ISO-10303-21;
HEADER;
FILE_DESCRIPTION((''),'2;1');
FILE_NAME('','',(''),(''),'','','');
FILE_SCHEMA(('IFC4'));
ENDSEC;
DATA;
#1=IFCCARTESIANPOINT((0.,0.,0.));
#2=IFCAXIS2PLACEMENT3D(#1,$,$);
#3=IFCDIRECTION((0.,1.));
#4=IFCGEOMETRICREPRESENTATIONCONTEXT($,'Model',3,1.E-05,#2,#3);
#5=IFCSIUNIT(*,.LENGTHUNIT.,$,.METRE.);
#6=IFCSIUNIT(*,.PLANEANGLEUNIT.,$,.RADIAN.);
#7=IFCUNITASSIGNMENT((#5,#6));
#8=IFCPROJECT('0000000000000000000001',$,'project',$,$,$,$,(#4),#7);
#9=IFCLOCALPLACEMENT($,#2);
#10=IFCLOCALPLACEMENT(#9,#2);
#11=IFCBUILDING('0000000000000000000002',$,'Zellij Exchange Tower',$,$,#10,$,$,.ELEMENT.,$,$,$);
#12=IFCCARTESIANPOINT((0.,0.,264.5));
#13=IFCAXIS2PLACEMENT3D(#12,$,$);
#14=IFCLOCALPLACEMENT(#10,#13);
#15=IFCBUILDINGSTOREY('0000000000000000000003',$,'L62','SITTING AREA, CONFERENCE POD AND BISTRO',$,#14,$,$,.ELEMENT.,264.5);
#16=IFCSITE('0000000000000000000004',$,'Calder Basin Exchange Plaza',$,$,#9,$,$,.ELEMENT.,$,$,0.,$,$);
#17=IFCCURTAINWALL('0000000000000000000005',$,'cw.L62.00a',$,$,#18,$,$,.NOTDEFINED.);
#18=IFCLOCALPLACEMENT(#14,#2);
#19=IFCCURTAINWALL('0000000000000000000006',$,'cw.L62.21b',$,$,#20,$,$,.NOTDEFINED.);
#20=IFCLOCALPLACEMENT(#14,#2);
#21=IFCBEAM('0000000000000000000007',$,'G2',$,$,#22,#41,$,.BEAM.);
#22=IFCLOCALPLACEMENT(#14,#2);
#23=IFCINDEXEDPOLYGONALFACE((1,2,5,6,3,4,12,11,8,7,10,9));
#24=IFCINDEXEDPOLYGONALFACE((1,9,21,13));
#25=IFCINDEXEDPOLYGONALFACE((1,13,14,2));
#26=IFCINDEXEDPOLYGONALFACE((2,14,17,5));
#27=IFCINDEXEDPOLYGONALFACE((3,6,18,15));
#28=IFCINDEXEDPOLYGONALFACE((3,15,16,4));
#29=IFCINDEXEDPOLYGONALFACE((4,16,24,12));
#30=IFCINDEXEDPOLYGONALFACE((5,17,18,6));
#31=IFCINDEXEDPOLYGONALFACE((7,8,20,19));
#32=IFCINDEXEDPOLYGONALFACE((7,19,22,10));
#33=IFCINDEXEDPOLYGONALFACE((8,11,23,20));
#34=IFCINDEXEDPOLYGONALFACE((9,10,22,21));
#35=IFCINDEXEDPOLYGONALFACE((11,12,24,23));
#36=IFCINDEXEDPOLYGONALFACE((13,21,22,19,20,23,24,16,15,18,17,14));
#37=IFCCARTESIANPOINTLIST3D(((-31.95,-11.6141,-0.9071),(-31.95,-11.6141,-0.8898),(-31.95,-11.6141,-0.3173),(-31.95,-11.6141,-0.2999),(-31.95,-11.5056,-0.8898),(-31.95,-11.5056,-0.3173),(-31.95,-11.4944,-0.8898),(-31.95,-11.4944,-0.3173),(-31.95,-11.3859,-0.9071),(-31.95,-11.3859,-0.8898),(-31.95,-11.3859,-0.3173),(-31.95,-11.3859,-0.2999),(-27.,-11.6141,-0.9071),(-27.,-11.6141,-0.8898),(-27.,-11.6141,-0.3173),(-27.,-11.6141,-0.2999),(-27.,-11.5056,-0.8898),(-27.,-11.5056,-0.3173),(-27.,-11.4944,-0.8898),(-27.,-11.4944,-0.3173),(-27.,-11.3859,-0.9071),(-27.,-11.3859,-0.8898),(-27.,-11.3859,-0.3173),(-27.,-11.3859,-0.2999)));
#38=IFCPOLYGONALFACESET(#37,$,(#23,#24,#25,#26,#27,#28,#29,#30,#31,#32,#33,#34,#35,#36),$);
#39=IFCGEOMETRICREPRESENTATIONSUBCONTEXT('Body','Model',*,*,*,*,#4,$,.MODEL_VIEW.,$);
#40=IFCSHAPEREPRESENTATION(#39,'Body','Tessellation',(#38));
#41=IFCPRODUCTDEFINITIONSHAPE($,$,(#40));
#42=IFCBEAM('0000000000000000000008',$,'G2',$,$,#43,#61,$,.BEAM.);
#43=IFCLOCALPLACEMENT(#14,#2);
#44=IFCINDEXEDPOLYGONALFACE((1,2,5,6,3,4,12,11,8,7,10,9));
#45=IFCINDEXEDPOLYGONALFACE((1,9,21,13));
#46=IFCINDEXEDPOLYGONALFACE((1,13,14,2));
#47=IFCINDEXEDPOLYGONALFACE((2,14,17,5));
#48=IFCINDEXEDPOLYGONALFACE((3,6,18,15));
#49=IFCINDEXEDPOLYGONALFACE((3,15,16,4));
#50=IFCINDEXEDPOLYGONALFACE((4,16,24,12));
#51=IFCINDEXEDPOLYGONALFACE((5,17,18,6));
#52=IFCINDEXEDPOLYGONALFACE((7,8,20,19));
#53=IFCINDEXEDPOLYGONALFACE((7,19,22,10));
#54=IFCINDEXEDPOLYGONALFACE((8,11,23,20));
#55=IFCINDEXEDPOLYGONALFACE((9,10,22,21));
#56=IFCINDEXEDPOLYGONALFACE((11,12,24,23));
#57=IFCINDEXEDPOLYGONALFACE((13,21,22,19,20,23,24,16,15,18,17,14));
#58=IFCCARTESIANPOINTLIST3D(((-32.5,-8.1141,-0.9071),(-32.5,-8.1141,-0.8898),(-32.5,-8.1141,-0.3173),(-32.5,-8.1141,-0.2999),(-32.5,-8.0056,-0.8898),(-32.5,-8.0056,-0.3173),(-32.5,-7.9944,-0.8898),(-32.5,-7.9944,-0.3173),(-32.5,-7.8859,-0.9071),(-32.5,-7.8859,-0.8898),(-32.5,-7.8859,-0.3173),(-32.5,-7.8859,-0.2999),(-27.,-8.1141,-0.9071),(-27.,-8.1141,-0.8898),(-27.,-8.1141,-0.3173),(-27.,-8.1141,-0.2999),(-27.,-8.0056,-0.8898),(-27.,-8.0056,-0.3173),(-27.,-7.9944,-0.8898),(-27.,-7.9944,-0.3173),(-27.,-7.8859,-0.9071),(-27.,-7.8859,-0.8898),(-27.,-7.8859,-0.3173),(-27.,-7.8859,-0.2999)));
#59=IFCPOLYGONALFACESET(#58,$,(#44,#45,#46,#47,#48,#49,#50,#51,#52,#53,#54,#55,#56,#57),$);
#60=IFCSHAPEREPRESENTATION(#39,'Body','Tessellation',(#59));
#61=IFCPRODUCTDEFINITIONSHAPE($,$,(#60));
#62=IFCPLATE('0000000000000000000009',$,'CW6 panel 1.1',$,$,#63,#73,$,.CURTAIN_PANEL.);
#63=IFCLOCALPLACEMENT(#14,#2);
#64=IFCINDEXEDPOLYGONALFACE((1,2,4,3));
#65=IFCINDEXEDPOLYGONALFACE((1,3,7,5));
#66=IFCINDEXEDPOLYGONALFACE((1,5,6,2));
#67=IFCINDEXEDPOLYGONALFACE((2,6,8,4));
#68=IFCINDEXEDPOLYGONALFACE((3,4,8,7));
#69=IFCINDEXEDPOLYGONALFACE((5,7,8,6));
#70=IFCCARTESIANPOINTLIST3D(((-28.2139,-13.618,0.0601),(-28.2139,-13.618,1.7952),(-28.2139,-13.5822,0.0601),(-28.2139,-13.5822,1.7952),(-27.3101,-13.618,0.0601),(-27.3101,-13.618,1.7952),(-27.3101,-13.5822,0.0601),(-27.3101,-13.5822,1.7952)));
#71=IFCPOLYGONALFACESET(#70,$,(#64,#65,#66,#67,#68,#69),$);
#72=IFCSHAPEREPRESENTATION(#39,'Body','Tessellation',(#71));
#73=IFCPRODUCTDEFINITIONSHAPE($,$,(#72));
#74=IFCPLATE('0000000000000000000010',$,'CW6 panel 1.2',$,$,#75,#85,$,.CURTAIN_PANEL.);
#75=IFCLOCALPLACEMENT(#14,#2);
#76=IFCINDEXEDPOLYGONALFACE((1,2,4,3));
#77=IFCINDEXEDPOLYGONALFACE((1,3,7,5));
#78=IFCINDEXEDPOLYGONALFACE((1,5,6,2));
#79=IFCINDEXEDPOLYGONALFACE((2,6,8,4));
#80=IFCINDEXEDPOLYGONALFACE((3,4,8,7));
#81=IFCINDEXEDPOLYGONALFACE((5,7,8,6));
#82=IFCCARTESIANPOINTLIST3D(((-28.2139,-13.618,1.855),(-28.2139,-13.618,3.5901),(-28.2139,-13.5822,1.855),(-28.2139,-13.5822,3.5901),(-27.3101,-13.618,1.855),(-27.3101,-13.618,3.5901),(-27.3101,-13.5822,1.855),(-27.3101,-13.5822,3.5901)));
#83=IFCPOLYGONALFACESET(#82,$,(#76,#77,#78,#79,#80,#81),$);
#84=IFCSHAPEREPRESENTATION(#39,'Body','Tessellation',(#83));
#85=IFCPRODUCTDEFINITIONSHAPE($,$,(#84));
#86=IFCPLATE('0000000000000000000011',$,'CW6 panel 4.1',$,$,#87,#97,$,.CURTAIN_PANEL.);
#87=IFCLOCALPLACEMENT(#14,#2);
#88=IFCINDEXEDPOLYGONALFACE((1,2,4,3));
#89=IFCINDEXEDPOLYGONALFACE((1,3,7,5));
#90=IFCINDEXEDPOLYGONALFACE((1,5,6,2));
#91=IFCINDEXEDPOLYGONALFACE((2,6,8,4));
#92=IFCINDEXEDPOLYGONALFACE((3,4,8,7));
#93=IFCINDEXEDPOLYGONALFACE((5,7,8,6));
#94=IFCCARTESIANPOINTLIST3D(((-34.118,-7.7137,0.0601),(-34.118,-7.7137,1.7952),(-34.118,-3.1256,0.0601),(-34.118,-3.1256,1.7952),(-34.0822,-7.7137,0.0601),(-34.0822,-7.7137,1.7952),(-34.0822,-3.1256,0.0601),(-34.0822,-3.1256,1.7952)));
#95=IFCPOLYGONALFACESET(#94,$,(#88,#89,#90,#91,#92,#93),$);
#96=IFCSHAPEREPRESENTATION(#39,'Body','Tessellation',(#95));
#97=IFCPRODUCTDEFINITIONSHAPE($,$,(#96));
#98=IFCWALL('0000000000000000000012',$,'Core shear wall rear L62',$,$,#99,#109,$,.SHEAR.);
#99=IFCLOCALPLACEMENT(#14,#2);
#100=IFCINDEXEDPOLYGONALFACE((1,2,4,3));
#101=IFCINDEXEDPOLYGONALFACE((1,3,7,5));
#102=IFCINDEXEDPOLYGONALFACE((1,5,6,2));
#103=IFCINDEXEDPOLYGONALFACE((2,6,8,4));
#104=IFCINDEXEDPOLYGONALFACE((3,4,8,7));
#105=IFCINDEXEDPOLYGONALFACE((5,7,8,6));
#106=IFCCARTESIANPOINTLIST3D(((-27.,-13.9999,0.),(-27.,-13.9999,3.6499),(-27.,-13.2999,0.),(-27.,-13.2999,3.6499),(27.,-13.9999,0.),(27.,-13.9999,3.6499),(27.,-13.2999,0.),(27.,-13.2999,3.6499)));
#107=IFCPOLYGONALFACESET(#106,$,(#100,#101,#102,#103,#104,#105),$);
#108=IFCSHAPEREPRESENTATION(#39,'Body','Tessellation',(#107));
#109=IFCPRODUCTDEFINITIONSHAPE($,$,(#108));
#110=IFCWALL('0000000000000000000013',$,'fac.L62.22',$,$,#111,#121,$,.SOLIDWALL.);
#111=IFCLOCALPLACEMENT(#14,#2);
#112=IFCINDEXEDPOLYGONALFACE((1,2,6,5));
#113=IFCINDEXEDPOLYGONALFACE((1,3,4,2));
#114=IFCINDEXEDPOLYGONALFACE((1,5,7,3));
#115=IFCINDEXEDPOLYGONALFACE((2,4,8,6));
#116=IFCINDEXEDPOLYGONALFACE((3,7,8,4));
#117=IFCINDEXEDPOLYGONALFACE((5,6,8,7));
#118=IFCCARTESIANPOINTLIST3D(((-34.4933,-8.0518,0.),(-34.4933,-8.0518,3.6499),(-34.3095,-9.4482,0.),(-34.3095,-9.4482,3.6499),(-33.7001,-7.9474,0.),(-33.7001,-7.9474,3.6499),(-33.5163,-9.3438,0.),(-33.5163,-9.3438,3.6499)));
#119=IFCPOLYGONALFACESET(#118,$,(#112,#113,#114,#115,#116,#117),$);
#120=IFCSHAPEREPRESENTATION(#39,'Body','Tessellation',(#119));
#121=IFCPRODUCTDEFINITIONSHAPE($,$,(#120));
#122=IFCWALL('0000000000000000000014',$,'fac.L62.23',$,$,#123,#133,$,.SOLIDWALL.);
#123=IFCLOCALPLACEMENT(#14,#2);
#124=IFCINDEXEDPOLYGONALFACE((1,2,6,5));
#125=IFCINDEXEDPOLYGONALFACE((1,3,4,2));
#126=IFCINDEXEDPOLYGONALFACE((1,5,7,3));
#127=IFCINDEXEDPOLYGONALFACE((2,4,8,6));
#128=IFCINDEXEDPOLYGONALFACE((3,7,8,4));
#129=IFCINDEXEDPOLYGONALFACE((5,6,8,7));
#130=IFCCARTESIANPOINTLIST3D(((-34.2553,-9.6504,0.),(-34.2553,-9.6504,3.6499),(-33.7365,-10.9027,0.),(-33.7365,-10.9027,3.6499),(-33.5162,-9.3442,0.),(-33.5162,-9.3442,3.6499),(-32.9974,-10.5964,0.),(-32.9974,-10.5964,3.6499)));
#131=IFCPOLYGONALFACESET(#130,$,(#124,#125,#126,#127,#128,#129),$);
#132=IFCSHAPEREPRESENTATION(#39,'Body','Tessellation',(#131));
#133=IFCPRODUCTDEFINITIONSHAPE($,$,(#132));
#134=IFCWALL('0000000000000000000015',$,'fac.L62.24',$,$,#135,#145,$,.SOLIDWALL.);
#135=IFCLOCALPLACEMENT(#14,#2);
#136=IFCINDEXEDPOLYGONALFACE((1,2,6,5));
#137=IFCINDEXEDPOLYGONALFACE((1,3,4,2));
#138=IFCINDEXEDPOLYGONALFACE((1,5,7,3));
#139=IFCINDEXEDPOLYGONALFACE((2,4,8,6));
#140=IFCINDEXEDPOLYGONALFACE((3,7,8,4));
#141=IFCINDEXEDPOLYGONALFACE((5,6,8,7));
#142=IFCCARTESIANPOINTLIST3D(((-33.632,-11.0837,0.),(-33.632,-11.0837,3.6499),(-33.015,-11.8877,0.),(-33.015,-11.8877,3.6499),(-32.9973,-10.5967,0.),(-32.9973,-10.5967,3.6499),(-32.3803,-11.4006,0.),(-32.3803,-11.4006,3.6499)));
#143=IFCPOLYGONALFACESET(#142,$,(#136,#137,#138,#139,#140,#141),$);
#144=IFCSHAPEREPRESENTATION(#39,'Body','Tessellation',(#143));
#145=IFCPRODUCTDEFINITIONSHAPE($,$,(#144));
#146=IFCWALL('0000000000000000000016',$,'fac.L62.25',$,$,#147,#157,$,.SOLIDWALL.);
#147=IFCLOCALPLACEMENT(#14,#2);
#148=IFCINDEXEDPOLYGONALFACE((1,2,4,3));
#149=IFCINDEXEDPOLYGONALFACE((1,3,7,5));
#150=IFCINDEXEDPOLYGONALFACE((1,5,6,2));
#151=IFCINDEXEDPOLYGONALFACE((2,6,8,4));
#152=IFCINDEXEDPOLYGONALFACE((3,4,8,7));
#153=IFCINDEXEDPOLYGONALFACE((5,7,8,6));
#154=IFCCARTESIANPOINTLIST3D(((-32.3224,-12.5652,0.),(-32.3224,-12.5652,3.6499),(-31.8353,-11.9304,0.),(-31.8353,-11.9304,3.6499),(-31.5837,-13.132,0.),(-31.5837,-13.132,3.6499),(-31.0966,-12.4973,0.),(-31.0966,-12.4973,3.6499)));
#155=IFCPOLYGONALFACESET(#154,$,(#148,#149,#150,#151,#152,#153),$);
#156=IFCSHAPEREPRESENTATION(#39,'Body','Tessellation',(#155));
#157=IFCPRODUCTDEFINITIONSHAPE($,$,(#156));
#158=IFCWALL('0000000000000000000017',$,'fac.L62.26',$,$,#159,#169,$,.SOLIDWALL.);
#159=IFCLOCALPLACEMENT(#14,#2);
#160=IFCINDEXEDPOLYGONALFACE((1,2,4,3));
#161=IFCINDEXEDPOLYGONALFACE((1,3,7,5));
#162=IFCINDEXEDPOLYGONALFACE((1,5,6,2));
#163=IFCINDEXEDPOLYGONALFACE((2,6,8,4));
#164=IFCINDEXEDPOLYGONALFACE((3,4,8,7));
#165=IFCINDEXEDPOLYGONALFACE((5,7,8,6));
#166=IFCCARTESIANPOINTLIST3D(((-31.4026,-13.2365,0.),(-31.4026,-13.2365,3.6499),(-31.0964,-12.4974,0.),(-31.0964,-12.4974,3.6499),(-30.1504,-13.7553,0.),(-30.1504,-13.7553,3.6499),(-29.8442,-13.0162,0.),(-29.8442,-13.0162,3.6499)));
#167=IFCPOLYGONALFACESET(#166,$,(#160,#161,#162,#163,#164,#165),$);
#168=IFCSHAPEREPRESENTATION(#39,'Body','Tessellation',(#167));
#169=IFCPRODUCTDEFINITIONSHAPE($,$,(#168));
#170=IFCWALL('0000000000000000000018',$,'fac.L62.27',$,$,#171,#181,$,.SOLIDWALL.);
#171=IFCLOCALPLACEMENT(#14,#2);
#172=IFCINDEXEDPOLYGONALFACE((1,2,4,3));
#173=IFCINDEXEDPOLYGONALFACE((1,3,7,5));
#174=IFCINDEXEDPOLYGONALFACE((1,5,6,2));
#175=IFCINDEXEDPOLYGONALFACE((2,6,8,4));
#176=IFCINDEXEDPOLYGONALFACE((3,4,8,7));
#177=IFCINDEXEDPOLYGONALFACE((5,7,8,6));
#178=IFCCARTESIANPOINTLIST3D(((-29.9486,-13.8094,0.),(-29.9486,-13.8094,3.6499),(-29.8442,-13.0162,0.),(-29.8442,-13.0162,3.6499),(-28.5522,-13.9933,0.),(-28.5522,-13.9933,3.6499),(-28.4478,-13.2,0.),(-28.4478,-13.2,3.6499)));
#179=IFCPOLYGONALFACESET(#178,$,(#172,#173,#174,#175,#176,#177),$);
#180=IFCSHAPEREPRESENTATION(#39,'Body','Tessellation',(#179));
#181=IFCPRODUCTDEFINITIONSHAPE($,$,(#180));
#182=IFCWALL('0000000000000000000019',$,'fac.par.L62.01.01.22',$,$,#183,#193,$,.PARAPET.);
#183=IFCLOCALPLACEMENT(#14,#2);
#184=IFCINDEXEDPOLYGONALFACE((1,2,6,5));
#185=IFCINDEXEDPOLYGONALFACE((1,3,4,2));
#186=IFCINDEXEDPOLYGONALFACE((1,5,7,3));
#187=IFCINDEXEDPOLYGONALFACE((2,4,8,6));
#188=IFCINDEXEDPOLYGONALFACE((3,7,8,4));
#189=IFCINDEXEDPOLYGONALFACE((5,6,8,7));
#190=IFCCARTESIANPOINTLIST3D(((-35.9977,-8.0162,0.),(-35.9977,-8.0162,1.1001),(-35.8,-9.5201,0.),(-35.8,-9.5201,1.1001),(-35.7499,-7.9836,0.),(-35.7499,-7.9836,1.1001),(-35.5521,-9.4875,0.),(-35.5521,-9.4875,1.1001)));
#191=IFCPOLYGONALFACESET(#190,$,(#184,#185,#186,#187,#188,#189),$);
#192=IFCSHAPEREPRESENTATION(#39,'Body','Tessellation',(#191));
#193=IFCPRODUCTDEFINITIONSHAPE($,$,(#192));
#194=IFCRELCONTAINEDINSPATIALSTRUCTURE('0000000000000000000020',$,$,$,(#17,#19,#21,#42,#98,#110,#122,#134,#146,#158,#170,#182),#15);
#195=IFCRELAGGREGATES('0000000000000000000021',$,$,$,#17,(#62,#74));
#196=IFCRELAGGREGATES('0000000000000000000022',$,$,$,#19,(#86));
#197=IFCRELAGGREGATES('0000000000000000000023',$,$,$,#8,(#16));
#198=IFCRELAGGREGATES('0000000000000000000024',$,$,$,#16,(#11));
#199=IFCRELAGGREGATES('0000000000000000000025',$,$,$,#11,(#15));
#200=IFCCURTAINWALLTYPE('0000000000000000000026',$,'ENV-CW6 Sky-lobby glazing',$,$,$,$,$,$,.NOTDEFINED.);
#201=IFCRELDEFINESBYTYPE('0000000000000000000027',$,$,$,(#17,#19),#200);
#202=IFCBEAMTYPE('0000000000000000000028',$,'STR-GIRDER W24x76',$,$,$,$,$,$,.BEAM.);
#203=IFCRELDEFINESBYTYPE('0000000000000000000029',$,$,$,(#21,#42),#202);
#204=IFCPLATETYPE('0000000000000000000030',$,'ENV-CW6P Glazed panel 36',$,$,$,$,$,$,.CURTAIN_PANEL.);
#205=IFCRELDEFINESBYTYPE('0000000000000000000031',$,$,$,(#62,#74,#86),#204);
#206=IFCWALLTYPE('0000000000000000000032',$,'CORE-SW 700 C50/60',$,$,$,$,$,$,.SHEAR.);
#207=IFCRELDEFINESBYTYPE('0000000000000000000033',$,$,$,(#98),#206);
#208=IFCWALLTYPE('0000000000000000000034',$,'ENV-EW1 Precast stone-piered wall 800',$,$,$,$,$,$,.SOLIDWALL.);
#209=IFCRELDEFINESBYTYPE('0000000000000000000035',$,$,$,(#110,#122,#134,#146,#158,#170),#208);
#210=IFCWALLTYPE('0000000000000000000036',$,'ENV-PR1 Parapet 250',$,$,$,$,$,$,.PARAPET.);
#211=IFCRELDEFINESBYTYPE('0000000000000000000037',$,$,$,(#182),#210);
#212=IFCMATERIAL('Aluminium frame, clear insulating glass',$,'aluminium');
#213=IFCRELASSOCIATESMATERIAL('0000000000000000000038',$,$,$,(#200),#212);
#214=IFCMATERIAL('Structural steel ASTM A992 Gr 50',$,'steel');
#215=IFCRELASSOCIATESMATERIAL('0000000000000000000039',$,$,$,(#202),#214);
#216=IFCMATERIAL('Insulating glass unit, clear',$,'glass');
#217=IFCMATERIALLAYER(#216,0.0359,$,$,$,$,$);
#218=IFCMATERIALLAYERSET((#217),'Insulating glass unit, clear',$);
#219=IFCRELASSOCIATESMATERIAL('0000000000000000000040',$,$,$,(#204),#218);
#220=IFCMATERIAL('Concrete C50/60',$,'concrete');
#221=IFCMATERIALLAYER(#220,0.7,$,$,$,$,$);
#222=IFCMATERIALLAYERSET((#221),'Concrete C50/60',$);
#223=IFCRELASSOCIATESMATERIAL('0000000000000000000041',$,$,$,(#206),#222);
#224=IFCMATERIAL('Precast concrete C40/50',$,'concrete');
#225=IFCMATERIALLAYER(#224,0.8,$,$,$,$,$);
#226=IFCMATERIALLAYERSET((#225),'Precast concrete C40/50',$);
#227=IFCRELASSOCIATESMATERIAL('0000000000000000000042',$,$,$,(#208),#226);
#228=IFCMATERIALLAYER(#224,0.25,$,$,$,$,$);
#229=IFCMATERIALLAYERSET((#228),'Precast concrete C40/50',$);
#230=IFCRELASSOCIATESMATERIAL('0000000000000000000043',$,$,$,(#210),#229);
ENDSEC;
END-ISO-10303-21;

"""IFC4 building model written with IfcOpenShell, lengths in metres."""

from ifc_helpers import new_model, si_unit, direction, frame, frame_2d, origin, origin_2d, place, context, subcontext, project, spatial, rectangle, i_section, extrude, material, layer, layer_set, material_profile, profile_set, type_object, element, aggregate, save


model = new_model("IFC4")

# Units and contexts
model_context = context("Model", 3, precision=1e-05, world=origin(), true_north=direction((0.0, 1.0)))
body_context = subcontext(model_context, "Body", "Model", "MODEL_VIEW")
ifc_project = project(units=[si_unit("LENGTHUNIT", "METRE"), si_unit("PLANEANGLEUNIT", "RADIAN")], contexts=[model_context])

# Site, building, storey
site_placement = place(None, origin())
site = spatial("IfcSite", under=ifc_project, at=site_placement, Name="Calder Basin Exchange Plaza", CompositionType="ELEMENT", RefElevation=0.0)
building_placement = place(site_placement, origin())
building = spatial("IfcBuilding", under=site, at=building_placement, Name="Zellij Exchange Tower", CompositionType="ELEMENT")
storey_placement = place(building_placement, frame((0.0, 0.0, 264.5)))
storey = spatial("IfcBuildingStorey", under=building, at=storey_placement, Name="L62", Description="SITTING AREA, CONFERENCE POD AND BISTRO", CompositionType="ELEMENT", Elevation=264.5)

# Shared definitions
ifc_material_1 = material(Name="Concrete C50/60", Category="concrete")

# Curtain wall
ifc_material_2 = material(Name="Aluminium frame, clear insulating glass", Category="aluminium")
curtain_wall_type = type_object("IfcCurtainWallType", Name="ENV-CW6 Sky-lobby glazing", PredefinedType="NOTDEFINED", material=ifc_material_2)
curtain_wall_1_placement = place(storey_placement, origin())
curtain_wall_1 = element("IfcCurtainWall", 1, at=curtain_wall_1_placement, inside=storey, type_object=curtain_wall_type, Name="cw.L62.00a", PredefinedType="NOTDEFINED")

# Curtain wall
curtain_wall_2_placement = place(storey_placement, origin())
curtain_wall_2 = element("IfcCurtainWall", 2, at=curtain_wall_2_placement, inside=storey, type_object=curtain_wall_type, Name="cw.L62.21b", PredefinedType="NOTDEFINED")

# Beams
ifc_material_3 = material(Name="Structural steel ASTM A992 Gr 50", Category="steel")
ifc_material_profile_1 = material_profile(ifc_material_3, i_section(OverallWidth=0.2283, OverallDepth=0.6072, WebThickness=0.0112, FlangeThickness=0.0173, at=origin_2d()), Name="W24x76")
ifc_profile_set_1 = profile_set([ifc_material_profile_1], Name="Structural steel ASTM A992 Gr 50")
beam_type_1 = type_object("IfcBeamType", Name="STR-GIRDER W24x76", PredefinedType="BEAM", material=ifc_profile_set_1)
beam_1_placement = place(storey_placement, frame((-31.95, -11.5, -0.6035), z_axis=(1.0, 0.0, 0.0), x_axis=(0.0, 1.0, 0.0)))
element("IfcBeam", 3, at=beam_1_placement, inside=storey, type_object=beam_type_1, Name="G2", PredefinedType="BEAM", context=body_context, shape_type="SweptSolid", body=[
    extrude(i_section(OverallWidth=0.2283, OverallDepth=0.6072, WebThickness=0.0112, FlangeThickness=0.0173, at=origin_2d()), origin(), (0.0, 0.0, 1.0), 4.95),
])
beam_2_placement = place(storey_placement, frame((-32.5, -8.0, -0.6035), z_axis=(1.0, 0.0, 0.0), x_axis=(0.0, 1.0, 0.0)))
element("IfcBeam", 4, at=beam_2_placement, inside=storey, type_object=beam_type_1, Name="G2", PredefinedType="BEAM", context=body_context, shape_type="SweptSolid", body=[
    extrude(i_section(OverallWidth=0.2283, OverallDepth=0.6072, WebThickness=0.0112, FlangeThickness=0.0173, at=origin_2d()), origin(), (0.0, 0.0, 1.0), 5.5),
])

# Plates
ifc_material_4 = material(Name="Insulating glass unit, clear", Category="glass")
ifc_layer_1 = layer(ifc_material_4, 0.0359)
ifc_layer_set_1 = layer_set([ifc_layer_1], Name="Insulating glass unit, clear")
plate_type = type_object("IfcPlateType", Name="ENV-CW6P Glazed panel 36", PredefinedType="CURTAIN_PANEL", material=ifc_layer_set_1)
plate_1_placement = place(storey_placement, frame((-27.762, -13.6001, 0.0601), z_axis=(0.0, 0.0, 1.0), x_axis=(1.0, 0.0, 0.0)))
plate_1 = element("IfcPlate", 5, at=plate_1_placement, type_object=plate_type, Name="CW6 panel 1.1", PredefinedType="CURTAIN_PANEL", context=body_context, shape_type="SweptSolid", body=[
    extrude(rectangle(XDim=0.9038, YDim=0.0359, at=origin_2d()), origin(), (0.0, 0.0, 1.0), 1.7351),
])
plate_2_placement = place(storey_placement, frame((-27.762, -13.6001, 1.855), z_axis=(0.0, 0.0, 1.0), x_axis=(1.0, 0.0, 0.0)))
plate_2 = element("IfcPlate", 6, at=plate_2_placement, type_object=plate_type, Name="CW6 panel 1.2", PredefinedType="CURTAIN_PANEL", context=body_context, shape_type="SweptSolid", body=[
    extrude(rectangle(XDim=0.9038, YDim=0.0359, at=origin_2d()), origin(), (0.0, 0.0, 1.0), 1.7351),
])
aggregate(curtain_wall_1, [plate_1, plate_2])
plate_3_placement = place(storey_placement, frame((-34.1001, -5.4197, 0.0601), z_axis=(0.0, 0.0, 1.0), x_axis=(0.0, -1.0, 0.0)))
plate_3 = element("IfcPlate", 7, at=plate_3_placement, type_object=plate_type, Name="CW6 panel 4.1", PredefinedType="CURTAIN_PANEL", context=body_context, shape_type="SweptSolid", body=[
    extrude(rectangle(XDim=4.5881, YDim=0.0359, at=origin_2d()), origin(), (0.0, 0.0, 1.0), 1.7351),
])
aggregate(curtain_wall_2, [plate_3])

# Walls
ifc_layer_2 = layer(ifc_material_1, 0.7)
ifc_layer_set_2 = layer_set([ifc_layer_2], Name="Concrete C50/60")
wall_type_1 = type_object("IfcWallType", Name="CORE-SW 700 C50/60", PredefinedType="SHEAR", material=ifc_layer_set_2)
wall_1_placement = place(storey_placement, frame((-27.0, -13.6499, 0.0), z_axis=(0.0, 0.0, 1.0), x_axis=(1.0, 0.0, 0.0)))
element("IfcWall", 8, at=wall_1_placement, inside=storey, type_object=wall_type_1, Name="Core shear wall rear L62", PredefinedType="SHEAR", context=body_context, shape_type="SweptSolid", body=[
    extrude(rectangle(XDim=54.0, YDim=0.7, at=frame_2d((27.0, 0.0))), origin(), (0.0, 0.0, 1.0), 3.6499),
])
ifc_material_5 = material(Name="Precast concrete C40/50", Category="concrete")
ifc_layer_3 = layer(ifc_material_5, 0.8)
ifc_layer_set_3 = layer_set([ifc_layer_3], Name="Precast concrete C40/50")
wall_type_2 = type_object("IfcWallType", Name="ENV-EW1 Precast stone-piered wall 800", PredefinedType="SOLIDWALL", material=ifc_layer_set_3)
wall_2_placement = place(storey_placement, frame((-34.0967, -7.9998, 0.0), z_axis=(0.0, 0.0, 1.0), x_axis=(0.130517, -0.991446, 0.0)))
element("IfcWall", 9, at=wall_2_placement, inside=storey, type_object=wall_type_2, Name="fac.L62.22", PredefinedType="SOLIDWALL", context=body_context, shape_type="SweptSolid", body=[
    extrude(rectangle(XDim=1.4084, YDim=0.8, at=frame_2d((0.7041, 0.0))), origin(), (0.0, 0.0, 1.0), 3.6499),
])
wall_3_placement = place(storey_placement, frame((-33.8857, -9.4973, 0.0), z_axis=(0.0, 0.0, 1.0), x_axis=(0.38276, -0.923848, 0.0)))
element("IfcWall", 10, at=wall_3_placement, inside=storey, type_object=wall_type_2, Name="fac.L62.23", PredefinedType="SOLIDWALL", context=body_context, shape_type="SweptSolid", body=[
    extrude(rectangle(XDim=1.3555, YDim=0.8, at=frame_2d((0.6777, 0.0))), origin(), (0.0, 0.0, 1.0), 3.6499),
])
wall_4_placement = place(storey_placement, frame((-33.3147, -10.8401, 0.0), z_axis=(0.0, 0.0, 1.0), x_axis=(0.608791, -0.793331, 0.0)))
element("IfcWall", 11, at=wall_4_placement, inside=storey, type_object=wall_type_2, Name="fac.L62.24", PredefinedType="SOLIDWALL", context=body_context, shape_type="SweptSolid", body=[
    extrude(rectangle(XDim=1.0134, YDim=0.8, at=frame_2d((0.5068, 0.0))), origin(), (0.0, 0.0, 1.0), 3.6499),
])
wall_5_placement = place(storey_placement, frame((-32.0789, -12.2478, 0.0), z_axis=(0.0, 0.0, 1.0), x_axis=(0.793345, -0.608773, 0.0)))
element("IfcWall", 12, at=wall_5_placement, inside=storey, type_object=wall_type_2, Name="fac.L62.25", PredefinedType="SOLIDWALL", context=body_context, shape_type="SweptSolid", body=[
    extrude(rectangle(XDim=0.9312, YDim=0.8, at=frame_2d((0.4656, 0.0))), origin(), (0.0, 0.0, 1.0), 3.6499),
])
wall_6_placement = place(storey_placement, frame((-31.2495, -12.8669, 0.0), z_axis=(0.0, 0.0, 1.0), x_axis=(0.923848, -0.38276, 0.0)))
element("IfcWall", 13, at=wall_6_placement, inside=storey, type_object=wall_type_2, Name="fac.L62.26", PredefinedType="SOLIDWALL", context=body_context, shape_type="SweptSolid", body=[
    extrude(rectangle(XDim=1.3555, YDim=0.8, at=frame_2d((0.6777, 0.0))), origin(), (0.0, 0.0, 1.0), 3.6499),
])
wall_7_placement = place(storey_placement, frame((-29.8962, -13.4128, 0.0), z_axis=(0.0, 0.0, 1.0), x_axis=(0.991446, -0.130517, 0.0)))
element("IfcWall", 14, at=wall_7_placement, inside=storey, type_object=wall_type_2, Name="fac.L62.27", PredefinedType="SOLIDWALL", context=body_context, shape_type="SweptSolid", body=[
    extrude(rectangle(XDim=1.4084, YDim=0.8, at=frame_2d((0.7041, 0.0))), origin(), (0.0, 0.0, 1.0), 3.6499),
])
ifc_layer_4 = layer(ifc_material_5, 0.25)
ifc_layer_set_4 = layer_set([ifc_layer_4], Name="Precast concrete C40/50")
wall_type_3 = type_object("IfcWallType", Name="ENV-PR1 Parapet 250", PredefinedType="PARAPET", material=ifc_layer_set_4)
wall_8_placement = place(storey_placement, frame((-35.8738, -8.0, 0.0), z_axis=(0.0, 0.0, 1.0), x_axis=(0.130371, -0.991465, 0.0)))
element("IfcWall", 15, at=wall_8_placement, inside=storey, type_object=wall_type_3, Name="fac.par.L62.01.01.22", PredefinedType="PARAPET", context=body_context, shape_type="SweptSolid", body=[
    extrude(rectangle(XDim=1.5168, YDim=0.25, at=frame_2d((0.7583, 0.0))), origin(), (0.0, 0.0, 1.0), 1.1001),
])

save(model, "model.ifc")
